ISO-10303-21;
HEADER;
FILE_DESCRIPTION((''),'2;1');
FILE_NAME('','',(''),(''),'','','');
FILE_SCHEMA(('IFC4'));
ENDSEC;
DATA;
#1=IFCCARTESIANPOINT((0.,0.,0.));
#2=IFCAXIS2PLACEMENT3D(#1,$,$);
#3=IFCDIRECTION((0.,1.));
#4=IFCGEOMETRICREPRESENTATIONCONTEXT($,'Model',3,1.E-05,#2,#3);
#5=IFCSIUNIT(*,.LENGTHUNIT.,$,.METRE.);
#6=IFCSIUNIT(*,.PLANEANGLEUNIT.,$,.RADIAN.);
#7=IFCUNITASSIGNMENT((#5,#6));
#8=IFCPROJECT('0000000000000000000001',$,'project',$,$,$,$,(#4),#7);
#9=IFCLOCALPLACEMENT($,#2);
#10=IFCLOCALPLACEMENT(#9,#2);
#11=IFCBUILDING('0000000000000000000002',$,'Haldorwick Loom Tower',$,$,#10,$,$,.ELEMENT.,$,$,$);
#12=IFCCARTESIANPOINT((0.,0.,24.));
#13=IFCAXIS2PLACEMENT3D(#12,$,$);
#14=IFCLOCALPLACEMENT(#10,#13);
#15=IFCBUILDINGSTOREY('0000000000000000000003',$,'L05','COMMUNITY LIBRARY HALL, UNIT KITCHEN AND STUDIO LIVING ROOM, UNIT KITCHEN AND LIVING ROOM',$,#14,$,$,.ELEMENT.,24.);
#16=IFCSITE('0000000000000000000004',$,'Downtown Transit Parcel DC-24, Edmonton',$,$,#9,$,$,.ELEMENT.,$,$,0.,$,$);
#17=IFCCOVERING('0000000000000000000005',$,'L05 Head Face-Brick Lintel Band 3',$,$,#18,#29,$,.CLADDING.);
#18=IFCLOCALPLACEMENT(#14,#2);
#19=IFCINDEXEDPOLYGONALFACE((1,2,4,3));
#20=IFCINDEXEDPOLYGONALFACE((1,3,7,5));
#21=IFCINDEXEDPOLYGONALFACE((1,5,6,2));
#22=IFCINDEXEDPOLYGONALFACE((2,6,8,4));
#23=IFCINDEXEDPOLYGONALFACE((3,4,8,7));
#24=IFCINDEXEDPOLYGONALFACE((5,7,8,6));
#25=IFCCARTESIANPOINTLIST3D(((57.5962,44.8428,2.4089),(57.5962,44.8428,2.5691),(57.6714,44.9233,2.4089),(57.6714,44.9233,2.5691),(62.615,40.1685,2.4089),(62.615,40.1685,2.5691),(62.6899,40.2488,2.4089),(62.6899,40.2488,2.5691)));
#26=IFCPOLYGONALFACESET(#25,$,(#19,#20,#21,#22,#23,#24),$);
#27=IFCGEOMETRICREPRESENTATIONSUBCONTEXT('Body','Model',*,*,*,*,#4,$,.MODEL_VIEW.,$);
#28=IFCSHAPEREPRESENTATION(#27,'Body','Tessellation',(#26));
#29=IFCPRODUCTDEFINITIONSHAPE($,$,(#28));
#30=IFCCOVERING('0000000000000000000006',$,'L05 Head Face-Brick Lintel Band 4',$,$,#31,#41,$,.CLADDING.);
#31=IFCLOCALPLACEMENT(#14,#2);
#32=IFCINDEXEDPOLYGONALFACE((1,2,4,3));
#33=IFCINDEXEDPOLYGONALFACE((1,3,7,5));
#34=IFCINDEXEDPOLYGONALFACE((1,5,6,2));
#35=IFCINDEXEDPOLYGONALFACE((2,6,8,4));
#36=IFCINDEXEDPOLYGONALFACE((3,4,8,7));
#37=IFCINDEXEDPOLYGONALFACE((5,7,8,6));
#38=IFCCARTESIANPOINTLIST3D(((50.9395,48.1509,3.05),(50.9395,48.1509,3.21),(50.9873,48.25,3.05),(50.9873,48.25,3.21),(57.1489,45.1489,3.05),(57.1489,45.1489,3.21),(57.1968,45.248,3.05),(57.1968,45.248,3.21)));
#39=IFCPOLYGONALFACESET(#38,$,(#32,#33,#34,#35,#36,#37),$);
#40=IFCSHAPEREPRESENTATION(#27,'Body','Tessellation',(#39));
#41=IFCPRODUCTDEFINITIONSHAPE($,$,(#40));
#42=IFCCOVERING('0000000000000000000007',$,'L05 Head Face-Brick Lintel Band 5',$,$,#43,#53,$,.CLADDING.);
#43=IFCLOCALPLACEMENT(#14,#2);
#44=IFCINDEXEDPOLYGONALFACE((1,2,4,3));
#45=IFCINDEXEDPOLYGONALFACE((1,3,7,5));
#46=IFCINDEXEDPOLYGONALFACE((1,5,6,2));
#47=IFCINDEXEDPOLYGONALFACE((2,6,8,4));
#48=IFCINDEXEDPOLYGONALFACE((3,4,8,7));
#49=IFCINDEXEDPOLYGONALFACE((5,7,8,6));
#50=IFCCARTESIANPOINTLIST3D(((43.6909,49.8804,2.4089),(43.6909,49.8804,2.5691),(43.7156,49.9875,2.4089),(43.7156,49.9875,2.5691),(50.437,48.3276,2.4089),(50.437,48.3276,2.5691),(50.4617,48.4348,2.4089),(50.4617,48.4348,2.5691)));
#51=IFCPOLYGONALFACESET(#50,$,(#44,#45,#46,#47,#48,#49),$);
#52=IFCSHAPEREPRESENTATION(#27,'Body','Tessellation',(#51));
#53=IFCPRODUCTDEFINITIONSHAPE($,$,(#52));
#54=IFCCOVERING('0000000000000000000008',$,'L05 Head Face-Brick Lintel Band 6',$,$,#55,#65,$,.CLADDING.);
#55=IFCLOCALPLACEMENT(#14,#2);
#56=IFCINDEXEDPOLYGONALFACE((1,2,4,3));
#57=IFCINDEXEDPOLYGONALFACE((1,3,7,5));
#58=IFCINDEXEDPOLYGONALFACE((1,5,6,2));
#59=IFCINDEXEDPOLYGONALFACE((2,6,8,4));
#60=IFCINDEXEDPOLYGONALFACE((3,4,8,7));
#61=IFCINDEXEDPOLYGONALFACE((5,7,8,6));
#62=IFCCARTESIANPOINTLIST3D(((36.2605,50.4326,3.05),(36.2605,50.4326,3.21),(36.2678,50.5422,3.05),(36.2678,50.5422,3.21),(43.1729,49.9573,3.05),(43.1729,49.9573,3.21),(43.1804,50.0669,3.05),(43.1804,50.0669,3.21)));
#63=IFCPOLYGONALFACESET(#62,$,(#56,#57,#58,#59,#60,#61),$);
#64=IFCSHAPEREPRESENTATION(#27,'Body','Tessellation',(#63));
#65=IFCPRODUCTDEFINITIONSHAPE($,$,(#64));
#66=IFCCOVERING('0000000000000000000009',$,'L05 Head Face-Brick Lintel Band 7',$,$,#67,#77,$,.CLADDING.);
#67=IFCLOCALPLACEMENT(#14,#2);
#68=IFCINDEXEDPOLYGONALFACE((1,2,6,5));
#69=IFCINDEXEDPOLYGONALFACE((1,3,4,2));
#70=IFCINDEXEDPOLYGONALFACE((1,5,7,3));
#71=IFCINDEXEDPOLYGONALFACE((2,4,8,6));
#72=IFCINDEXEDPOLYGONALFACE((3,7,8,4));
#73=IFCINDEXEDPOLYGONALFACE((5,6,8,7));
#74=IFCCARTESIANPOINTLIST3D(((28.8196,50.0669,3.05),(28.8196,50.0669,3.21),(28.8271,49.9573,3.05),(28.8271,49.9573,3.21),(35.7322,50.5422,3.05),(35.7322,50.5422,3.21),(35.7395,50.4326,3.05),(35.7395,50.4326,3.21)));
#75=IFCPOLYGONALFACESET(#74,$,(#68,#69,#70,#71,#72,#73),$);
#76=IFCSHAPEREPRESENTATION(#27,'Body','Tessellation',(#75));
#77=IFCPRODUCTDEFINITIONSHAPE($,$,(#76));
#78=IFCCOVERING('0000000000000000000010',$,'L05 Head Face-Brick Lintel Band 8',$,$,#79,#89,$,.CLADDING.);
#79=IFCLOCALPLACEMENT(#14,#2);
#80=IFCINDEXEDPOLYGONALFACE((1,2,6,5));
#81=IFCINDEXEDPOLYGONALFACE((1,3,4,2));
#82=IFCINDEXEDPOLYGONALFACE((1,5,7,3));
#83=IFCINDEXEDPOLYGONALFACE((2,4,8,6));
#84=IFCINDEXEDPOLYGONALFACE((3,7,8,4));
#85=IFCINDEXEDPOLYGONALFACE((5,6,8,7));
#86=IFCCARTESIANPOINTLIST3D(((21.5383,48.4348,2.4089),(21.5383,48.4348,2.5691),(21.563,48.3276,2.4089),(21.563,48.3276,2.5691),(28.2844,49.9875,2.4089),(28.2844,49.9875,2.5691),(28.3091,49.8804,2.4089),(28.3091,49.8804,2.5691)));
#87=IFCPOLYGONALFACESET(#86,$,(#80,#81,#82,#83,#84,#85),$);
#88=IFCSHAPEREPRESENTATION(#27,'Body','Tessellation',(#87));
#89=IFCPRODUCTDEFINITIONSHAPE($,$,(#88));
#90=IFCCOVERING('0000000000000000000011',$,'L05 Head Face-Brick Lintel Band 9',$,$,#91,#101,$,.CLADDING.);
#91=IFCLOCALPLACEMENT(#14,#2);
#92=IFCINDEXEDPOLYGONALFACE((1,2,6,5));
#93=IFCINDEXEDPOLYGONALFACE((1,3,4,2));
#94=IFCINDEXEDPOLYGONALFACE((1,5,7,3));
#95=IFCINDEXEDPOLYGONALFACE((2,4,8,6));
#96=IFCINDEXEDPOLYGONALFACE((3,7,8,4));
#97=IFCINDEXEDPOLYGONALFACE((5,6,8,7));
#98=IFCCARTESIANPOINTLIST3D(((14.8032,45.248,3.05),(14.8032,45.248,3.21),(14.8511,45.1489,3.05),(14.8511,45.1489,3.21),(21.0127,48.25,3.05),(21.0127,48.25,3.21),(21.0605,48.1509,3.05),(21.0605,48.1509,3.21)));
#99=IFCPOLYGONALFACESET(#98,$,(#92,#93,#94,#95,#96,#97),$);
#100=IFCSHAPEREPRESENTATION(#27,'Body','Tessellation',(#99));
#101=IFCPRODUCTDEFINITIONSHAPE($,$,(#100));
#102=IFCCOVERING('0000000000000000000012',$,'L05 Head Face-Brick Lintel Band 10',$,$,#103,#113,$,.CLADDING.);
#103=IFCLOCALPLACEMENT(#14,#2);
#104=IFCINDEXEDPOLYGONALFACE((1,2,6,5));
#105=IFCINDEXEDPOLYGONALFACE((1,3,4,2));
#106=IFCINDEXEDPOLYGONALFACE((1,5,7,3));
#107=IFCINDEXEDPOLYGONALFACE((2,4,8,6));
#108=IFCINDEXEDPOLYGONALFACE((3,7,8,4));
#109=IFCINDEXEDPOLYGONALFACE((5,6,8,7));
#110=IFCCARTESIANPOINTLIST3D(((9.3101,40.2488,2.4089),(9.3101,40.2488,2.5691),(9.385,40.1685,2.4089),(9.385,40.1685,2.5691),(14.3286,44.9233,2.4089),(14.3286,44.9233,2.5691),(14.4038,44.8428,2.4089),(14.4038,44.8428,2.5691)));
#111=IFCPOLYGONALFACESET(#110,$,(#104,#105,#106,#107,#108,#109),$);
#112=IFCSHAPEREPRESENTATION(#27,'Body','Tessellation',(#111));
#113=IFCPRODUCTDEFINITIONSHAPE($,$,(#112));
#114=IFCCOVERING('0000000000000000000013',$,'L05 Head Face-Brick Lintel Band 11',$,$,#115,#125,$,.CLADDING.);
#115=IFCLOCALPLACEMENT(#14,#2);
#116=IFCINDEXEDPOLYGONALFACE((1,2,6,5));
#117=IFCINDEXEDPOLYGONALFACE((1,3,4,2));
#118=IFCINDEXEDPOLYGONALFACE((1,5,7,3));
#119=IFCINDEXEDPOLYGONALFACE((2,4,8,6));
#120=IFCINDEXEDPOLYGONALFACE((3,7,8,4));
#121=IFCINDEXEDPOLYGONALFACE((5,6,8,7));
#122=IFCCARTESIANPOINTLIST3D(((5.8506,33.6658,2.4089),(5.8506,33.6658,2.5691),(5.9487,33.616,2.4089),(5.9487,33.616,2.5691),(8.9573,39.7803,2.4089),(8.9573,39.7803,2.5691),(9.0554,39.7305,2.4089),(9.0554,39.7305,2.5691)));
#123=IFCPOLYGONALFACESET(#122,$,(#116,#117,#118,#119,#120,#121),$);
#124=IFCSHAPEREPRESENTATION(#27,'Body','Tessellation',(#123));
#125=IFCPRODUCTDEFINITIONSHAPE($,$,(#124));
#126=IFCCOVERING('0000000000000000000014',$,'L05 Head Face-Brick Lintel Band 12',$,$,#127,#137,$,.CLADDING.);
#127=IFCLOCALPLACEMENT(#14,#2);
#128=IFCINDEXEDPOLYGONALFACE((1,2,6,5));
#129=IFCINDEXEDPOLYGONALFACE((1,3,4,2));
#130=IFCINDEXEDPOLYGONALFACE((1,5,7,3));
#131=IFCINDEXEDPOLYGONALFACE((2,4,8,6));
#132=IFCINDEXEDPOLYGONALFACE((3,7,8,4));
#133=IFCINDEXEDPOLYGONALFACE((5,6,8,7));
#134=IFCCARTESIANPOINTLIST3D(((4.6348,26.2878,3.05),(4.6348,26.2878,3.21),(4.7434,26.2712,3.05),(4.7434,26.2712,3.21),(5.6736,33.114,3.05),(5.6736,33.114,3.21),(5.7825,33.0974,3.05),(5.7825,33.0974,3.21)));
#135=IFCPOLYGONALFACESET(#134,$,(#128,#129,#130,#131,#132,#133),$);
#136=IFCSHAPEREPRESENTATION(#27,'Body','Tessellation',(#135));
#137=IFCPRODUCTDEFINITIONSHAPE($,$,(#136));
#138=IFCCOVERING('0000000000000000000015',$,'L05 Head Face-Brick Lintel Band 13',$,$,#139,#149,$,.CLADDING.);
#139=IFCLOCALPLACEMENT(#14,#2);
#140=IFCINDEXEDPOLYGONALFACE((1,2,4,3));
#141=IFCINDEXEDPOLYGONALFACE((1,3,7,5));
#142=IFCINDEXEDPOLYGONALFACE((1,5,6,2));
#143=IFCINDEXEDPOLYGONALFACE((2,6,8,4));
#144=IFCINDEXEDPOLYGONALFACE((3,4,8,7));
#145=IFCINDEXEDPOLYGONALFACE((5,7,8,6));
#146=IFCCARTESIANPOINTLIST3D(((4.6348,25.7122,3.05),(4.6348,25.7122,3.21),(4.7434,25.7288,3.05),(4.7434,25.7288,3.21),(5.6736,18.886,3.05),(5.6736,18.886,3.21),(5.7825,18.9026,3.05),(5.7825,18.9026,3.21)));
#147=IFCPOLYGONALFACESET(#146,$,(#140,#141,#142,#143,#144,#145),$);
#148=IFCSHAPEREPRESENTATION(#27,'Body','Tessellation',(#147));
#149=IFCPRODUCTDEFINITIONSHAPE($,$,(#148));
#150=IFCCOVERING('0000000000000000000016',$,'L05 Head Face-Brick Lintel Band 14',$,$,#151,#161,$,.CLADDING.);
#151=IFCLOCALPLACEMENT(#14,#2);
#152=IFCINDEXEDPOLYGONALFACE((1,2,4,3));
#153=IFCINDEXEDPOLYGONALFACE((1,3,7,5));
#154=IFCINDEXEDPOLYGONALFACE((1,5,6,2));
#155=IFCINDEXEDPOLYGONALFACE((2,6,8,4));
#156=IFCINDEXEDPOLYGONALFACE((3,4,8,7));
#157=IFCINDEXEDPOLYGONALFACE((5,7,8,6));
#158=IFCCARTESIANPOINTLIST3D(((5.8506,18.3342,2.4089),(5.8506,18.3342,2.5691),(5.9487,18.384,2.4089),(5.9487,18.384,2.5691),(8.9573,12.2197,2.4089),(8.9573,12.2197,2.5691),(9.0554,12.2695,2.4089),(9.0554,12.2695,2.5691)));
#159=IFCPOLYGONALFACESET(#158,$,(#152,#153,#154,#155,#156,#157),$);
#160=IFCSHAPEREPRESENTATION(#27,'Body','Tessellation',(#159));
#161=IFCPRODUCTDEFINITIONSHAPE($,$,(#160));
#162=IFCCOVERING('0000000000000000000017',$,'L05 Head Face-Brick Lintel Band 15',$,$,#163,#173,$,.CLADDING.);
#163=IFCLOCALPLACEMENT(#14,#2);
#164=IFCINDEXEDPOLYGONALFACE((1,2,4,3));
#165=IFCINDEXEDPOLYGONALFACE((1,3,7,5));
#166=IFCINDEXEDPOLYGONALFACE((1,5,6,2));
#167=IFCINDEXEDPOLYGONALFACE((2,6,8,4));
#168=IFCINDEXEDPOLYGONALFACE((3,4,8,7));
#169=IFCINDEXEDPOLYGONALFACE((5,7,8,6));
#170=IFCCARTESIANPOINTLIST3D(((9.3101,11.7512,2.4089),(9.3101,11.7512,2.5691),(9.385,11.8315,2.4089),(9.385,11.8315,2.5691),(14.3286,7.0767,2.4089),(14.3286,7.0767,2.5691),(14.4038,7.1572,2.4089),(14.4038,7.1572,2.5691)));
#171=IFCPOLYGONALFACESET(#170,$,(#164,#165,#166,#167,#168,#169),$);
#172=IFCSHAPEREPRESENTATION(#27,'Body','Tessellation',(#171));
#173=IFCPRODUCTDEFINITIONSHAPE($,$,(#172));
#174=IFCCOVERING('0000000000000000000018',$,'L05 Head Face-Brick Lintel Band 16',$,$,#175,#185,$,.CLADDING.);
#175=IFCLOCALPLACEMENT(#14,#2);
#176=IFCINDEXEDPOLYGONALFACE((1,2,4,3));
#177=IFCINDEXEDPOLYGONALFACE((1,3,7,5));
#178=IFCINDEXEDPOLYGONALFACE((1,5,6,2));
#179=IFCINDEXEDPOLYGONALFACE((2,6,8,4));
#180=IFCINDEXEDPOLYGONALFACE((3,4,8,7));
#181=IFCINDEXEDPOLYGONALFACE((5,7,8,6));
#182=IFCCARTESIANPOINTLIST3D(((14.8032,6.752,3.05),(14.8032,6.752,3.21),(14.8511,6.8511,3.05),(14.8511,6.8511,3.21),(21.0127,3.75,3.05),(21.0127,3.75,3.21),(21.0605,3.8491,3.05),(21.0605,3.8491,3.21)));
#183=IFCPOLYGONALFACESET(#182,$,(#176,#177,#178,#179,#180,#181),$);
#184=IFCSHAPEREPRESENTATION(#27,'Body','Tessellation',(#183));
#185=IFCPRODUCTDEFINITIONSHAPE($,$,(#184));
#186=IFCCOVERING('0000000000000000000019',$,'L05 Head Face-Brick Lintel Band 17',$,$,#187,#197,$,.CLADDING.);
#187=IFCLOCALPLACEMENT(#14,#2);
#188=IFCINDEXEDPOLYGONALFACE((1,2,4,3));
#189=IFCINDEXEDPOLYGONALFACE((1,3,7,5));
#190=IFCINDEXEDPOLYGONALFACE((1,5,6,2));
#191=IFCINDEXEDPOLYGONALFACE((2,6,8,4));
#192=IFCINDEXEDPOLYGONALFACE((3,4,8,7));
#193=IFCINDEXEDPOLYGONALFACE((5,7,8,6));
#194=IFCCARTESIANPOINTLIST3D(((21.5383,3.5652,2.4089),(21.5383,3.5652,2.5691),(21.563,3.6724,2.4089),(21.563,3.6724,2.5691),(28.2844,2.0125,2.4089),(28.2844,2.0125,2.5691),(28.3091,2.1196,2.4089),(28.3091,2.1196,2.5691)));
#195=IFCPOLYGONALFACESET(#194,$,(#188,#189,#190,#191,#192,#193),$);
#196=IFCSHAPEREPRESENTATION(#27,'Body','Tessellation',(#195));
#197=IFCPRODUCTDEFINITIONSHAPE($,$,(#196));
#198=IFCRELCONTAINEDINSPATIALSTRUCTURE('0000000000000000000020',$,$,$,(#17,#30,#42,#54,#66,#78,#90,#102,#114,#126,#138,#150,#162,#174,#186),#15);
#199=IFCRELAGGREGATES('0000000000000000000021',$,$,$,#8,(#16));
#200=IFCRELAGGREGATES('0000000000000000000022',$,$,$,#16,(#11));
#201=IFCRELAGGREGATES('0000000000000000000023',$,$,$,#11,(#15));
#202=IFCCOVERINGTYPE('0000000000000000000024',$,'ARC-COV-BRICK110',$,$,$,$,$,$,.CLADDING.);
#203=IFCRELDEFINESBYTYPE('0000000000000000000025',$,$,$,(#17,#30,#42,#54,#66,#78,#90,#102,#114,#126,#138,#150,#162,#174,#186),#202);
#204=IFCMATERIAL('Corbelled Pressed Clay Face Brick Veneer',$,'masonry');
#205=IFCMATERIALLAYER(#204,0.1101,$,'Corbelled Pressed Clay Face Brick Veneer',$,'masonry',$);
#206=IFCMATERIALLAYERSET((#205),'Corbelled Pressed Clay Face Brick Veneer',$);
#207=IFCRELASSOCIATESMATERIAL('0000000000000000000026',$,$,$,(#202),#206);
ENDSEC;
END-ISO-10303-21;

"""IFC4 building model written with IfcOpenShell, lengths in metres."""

from ifc_helpers import new_model, si_unit, direction, frame, origin, place, context, subcontext, project, spatial, polyline, outline, extrude, material, layer, layer_set, type_object, element, save


model = new_model("IFC4")

# Units and contexts
model_context = context("Model", 3, precision=1e-05, world=origin(), true_north=direction((0.0, 1.0)))
body_context = subcontext(model_context, "Body", "Model", "MODEL_VIEW")
ifc_project = project(units=[si_unit("LENGTHUNIT", "METRE"), si_unit("PLANEANGLEUNIT", "RADIAN")], contexts=[model_context])

# Site, building, storey
site_placement = place(None, origin())
site = spatial("IfcSite", under=ifc_project, at=site_placement, Name="Downtown Transit Parcel DC-24, Edmonton", CompositionType="ELEMENT", RefElevation=0.0)
building_placement = place(site_placement, origin())
building = spatial("IfcBuilding", under=site, at=building_placement, Name="Haldorwick Loom Tower", CompositionType="ELEMENT")
storey_placement = place(building_placement, frame((0.0, 0.0, 24.0)))
storey = spatial("IfcBuildingStorey", under=building, at=storey_placement, Name="L05", Description="COMMUNITY LIBRARY HALL, UNIT KITCHEN AND STUDIO LIVING ROOM, UNIT KITCHEN AND LIVING ROOM", CompositionType="ELEMENT", Elevation=24.0)

# Coverings
ifc_material_1 = material(Name="Corbelled Pressed Clay Face Brick Veneer", Category="masonry")
ifc_layer_1 = layer(ifc_material_1, 0.1101, Name="Corbelled Pressed Clay Face Brick Veneer", Category="masonry")
ifc_layer_set_1 = layer_set([ifc_layer_1], Name="Corbelled Pressed Clay Face Brick Veneer")
covering_type_1 = type_object("IfcCoveringType", Name="ARC-COV-BRICK110", PredefinedType="CLADDING", material=ifc_layer_set_1)
covering_1_placement = place(storey_placement, frame((0.0, 0.0, 2.4089)))
element("IfcCovering", 1, at=covering_1_placement, inside=storey, type_object=covering_type_1, Name="L05 Head Face-Brick Lintel Band 3", PredefinedType="CLADDING", context=body_context, shape_type="SweptSolid", body=[
    extrude(outline(polyline([(62.6899, 40.2488), (57.6714, 44.9233), (57.5962, 44.8428), (62.615, 40.1685), (62.6899, 40.2488)])), origin(), (0.0, 0.0, 1.0), 0.1602),
])
covering_2_placement = place(storey_placement, frame((0.0, 0.0, 3.05)))
element("IfcCovering", 2, at=covering_2_placement, inside=storey, type_object=covering_type_1, Name="L05 Head Face-Brick Lintel Band 4", PredefinedType="CLADDING", context=body_context, shape_type="SweptSolid", body=[
    extrude(outline(polyline([(57.1968, 45.248), (50.9873, 48.25), (50.9395, 48.1509), (57.1489, 45.1489), (57.1968, 45.248)])), origin(), (0.0, 0.0, 1.0), 0.1599),
])
covering_3_placement = place(storey_placement, frame((0.0, 0.0, 2.4089)))
element("IfcCovering", 3, at=covering_3_placement, inside=storey, type_object=covering_type_1, Name="L05 Head Face-Brick Lintel Band 5", PredefinedType="CLADDING", context=body_context, shape_type="SweptSolid", body=[
    extrude(outline(polyline([(50.4617, 48.4348), (43.7156, 49.9875), (43.6909, 49.8804), (50.437, 48.3276), (50.4617, 48.4348)])), origin(), (0.0, 0.0, 1.0), 0.1602),
])
covering_4_placement = place(storey_placement, frame((0.0, 0.0, 3.05)))
element("IfcCovering", 4, at=covering_4_placement, inside=storey, type_object=covering_type_1, Name="L05 Head Face-Brick Lintel Band 6", PredefinedType="CLADDING", context=body_context, shape_type="SweptSolid", body=[
    extrude(outline(polyline([(43.1804, 50.0669), (36.2678, 50.5422), (36.2605, 50.4326), (43.1729, 49.9573), (43.1804, 50.0669)])), origin(), (0.0, 0.0, 1.0), 0.1599),
])
covering_5_placement = place(storey_placement, frame((0.0, 0.0, 3.05)))
element("IfcCovering", 5, at=covering_5_placement, inside=storey, type_object=covering_type_1, Name="L05 Head Face-Brick Lintel Band 7", PredefinedType="CLADDING", context=body_context, shape_type="SweptSolid", body=[
    extrude(outline(polyline([(35.7322, 50.5422), (28.8196, 50.0669), (28.8271, 49.9573), (35.7395, 50.4326), (35.7322, 50.5422)])), origin(), (0.0, 0.0, 1.0), 0.1599),
])
covering_6_placement = place(storey_placement, frame((0.0, 0.0, 2.4089)))
element("IfcCovering", 6, at=covering_6_placement, inside=storey, type_object=covering_type_1, Name="L05 Head Face-Brick Lintel Band 8", PredefinedType="CLADDING", context=body_context, shape_type="SweptSolid", body=[
    extrude(outline(polyline([(28.2844, 49.9875), (21.5383, 48.4348), (21.563, 48.3276), (28.3091, 49.8804), (28.2844, 49.9875)])), origin(), (0.0, 0.0, 1.0), 0.1602),
])
covering_7_placement = place(storey_placement, frame((0.0, 0.0, 3.05)))
element("IfcCovering", 7, at=covering_7_placement, inside=storey, type_object=covering_type_1, Name="L05 Head Face-Brick Lintel Band 9", PredefinedType="CLADDING", context=body_context, shape_type="SweptSolid", body=[
    extrude(outline(polyline([(21.0127, 48.25), (14.8032, 45.248), (14.8511, 45.1489), (21.0605, 48.1509), (21.0127, 48.25)])), origin(), (0.0, 0.0, 1.0), 0.1599),
])
covering_8_placement = place(storey_placement, frame((0.0, 0.0, 2.4089)))
element("IfcCovering", 8, at=covering_8_placement, inside=storey, type_object=covering_type_1, Name="L05 Head Face-Brick Lintel Band 10", PredefinedType="CLADDING", context=body_context, shape_type="SweptSolid", body=[
    extrude(outline(polyline([(14.3286, 44.9233), (9.3101, 40.2488), (9.385, 40.1685), (14.4038, 44.8428), (14.3286, 44.9233)])), origin(), (0.0, 0.0, 1.0), 0.1602),
])
covering_9_placement = place(storey_placement, frame((0.0, 0.0, 2.4089)))
element("IfcCovering", 9, at=covering_9_placement, inside=storey, type_object=covering_type_1, Name="L05 Head Face-Brick Lintel Band 11", PredefinedType="CLADDING", context=body_context, shape_type="SweptSolid", body=[
    extrude(outline(polyline([(8.9573, 39.7803), (5.8506, 33.6658), (5.9487, 33.616), (9.0554, 39.7305), (8.9573, 39.7803)])), origin(), (0.0, 0.0, 1.0), 0.1602),
])
covering_10_placement = place(storey_placement, frame((0.0, 0.0, 3.05)))
element("IfcCovering", 10, at=covering_10_placement, inside=storey, type_object=covering_type_1, Name="L05 Head Face-Brick Lintel Band 12", PredefinedType="CLADDING", context=body_context, shape_type="SweptSolid", body=[
    extrude(outline(polyline([(5.6736, 33.114), (4.6348, 26.2878), (4.7434, 26.2712), (5.7825, 33.0974), (5.6736, 33.114)])), origin(), (0.0, 0.0, 1.0), 0.1599),
])
covering_11_placement = place(storey_placement, frame((0.0, 0.0, 3.05)))
element("IfcCovering", 11, at=covering_11_placement, inside=storey, type_object=covering_type_1, Name="L05 Head Face-Brick Lintel Band 13", PredefinedType="CLADDING", context=body_context, shape_type="SweptSolid", body=[
    extrude(outline(polyline([(4.6348, 25.7122), (5.6736, 18.886), (5.7825, 18.9026), (4.7434, 25.7288), (4.6348, 25.7122)])), origin(), (0.0, 0.0, 1.0), 0.1599),
])
covering_12_placement = place(storey_placement, frame((0.0, 0.0, 2.4089)))
element("IfcCovering", 12, at=covering_12_placement, inside=storey, type_object=covering_type_1, Name="L05 Head Face-Brick Lintel Band 14", PredefinedType="CLADDING", context=body_context, shape_type="SweptSolid", body=[
    extrude(outline(polyline([(5.8506, 18.3342), (8.9573, 12.2197), (9.0554, 12.2695), (5.9487, 18.384), (5.8506, 18.3342)])), origin(), (0.0, 0.0, 1.0), 0.1602),
])
covering_13_placement = place(storey_placement, frame((0.0, 0.0, 2.4089)))
element("IfcCovering", 13, at=covering_13_placement, inside=storey, type_object=covering_type_1, Name="L05 Head Face-Brick Lintel Band 15", PredefinedType="CLADDING", context=body_context, shape_type="SweptSolid", body=[
    extrude(outline(polyline([(9.3101, 11.7512), (14.3286, 7.0767), (14.4038, 7.1572), (9.385, 11.8315), (9.3101, 11.7512)])), origin(), (0.0, 0.0, 1.0), 0.1602),
])
covering_14_placement = place(storey_placement, frame((0.0, 0.0, 3.05)))
element("IfcCovering", 14, at=covering_14_placement, inside=storey, type_object=covering_type_1, Name="L05 Head Face-Brick Lintel Band 16", PredefinedType="CLADDING", context=body_context, shape_type="SweptSolid", body=[
    extrude(outline(polyline([(14.8032, 6.752), (21.0127, 3.75), (21.0605, 3.8491), (14.8511, 6.8511), (14.8032, 6.752)])), origin(), (0.0, 0.0, 1.0), 0.1599),
])
covering_15_placement = place(storey_placement, frame((0.0, 0.0, 2.4089)))
element("IfcCovering", 15, at=covering_15_placement, inside=storey, type_object=covering_type_1, Name="L05 Head Face-Brick Lintel Band 17", PredefinedType="CLADDING", context=body_context, shape_type="SweptSolid", body=[
    extrude(outline(polyline([(21.5383, 3.5652), (28.2844, 2.0125), (28.3091, 2.1196), (21.563, 3.6724), (21.5383, 3.5652)])), origin(), (0.0, 0.0, 1.0), 0.1602),
])

save(model, "model.ifc")
